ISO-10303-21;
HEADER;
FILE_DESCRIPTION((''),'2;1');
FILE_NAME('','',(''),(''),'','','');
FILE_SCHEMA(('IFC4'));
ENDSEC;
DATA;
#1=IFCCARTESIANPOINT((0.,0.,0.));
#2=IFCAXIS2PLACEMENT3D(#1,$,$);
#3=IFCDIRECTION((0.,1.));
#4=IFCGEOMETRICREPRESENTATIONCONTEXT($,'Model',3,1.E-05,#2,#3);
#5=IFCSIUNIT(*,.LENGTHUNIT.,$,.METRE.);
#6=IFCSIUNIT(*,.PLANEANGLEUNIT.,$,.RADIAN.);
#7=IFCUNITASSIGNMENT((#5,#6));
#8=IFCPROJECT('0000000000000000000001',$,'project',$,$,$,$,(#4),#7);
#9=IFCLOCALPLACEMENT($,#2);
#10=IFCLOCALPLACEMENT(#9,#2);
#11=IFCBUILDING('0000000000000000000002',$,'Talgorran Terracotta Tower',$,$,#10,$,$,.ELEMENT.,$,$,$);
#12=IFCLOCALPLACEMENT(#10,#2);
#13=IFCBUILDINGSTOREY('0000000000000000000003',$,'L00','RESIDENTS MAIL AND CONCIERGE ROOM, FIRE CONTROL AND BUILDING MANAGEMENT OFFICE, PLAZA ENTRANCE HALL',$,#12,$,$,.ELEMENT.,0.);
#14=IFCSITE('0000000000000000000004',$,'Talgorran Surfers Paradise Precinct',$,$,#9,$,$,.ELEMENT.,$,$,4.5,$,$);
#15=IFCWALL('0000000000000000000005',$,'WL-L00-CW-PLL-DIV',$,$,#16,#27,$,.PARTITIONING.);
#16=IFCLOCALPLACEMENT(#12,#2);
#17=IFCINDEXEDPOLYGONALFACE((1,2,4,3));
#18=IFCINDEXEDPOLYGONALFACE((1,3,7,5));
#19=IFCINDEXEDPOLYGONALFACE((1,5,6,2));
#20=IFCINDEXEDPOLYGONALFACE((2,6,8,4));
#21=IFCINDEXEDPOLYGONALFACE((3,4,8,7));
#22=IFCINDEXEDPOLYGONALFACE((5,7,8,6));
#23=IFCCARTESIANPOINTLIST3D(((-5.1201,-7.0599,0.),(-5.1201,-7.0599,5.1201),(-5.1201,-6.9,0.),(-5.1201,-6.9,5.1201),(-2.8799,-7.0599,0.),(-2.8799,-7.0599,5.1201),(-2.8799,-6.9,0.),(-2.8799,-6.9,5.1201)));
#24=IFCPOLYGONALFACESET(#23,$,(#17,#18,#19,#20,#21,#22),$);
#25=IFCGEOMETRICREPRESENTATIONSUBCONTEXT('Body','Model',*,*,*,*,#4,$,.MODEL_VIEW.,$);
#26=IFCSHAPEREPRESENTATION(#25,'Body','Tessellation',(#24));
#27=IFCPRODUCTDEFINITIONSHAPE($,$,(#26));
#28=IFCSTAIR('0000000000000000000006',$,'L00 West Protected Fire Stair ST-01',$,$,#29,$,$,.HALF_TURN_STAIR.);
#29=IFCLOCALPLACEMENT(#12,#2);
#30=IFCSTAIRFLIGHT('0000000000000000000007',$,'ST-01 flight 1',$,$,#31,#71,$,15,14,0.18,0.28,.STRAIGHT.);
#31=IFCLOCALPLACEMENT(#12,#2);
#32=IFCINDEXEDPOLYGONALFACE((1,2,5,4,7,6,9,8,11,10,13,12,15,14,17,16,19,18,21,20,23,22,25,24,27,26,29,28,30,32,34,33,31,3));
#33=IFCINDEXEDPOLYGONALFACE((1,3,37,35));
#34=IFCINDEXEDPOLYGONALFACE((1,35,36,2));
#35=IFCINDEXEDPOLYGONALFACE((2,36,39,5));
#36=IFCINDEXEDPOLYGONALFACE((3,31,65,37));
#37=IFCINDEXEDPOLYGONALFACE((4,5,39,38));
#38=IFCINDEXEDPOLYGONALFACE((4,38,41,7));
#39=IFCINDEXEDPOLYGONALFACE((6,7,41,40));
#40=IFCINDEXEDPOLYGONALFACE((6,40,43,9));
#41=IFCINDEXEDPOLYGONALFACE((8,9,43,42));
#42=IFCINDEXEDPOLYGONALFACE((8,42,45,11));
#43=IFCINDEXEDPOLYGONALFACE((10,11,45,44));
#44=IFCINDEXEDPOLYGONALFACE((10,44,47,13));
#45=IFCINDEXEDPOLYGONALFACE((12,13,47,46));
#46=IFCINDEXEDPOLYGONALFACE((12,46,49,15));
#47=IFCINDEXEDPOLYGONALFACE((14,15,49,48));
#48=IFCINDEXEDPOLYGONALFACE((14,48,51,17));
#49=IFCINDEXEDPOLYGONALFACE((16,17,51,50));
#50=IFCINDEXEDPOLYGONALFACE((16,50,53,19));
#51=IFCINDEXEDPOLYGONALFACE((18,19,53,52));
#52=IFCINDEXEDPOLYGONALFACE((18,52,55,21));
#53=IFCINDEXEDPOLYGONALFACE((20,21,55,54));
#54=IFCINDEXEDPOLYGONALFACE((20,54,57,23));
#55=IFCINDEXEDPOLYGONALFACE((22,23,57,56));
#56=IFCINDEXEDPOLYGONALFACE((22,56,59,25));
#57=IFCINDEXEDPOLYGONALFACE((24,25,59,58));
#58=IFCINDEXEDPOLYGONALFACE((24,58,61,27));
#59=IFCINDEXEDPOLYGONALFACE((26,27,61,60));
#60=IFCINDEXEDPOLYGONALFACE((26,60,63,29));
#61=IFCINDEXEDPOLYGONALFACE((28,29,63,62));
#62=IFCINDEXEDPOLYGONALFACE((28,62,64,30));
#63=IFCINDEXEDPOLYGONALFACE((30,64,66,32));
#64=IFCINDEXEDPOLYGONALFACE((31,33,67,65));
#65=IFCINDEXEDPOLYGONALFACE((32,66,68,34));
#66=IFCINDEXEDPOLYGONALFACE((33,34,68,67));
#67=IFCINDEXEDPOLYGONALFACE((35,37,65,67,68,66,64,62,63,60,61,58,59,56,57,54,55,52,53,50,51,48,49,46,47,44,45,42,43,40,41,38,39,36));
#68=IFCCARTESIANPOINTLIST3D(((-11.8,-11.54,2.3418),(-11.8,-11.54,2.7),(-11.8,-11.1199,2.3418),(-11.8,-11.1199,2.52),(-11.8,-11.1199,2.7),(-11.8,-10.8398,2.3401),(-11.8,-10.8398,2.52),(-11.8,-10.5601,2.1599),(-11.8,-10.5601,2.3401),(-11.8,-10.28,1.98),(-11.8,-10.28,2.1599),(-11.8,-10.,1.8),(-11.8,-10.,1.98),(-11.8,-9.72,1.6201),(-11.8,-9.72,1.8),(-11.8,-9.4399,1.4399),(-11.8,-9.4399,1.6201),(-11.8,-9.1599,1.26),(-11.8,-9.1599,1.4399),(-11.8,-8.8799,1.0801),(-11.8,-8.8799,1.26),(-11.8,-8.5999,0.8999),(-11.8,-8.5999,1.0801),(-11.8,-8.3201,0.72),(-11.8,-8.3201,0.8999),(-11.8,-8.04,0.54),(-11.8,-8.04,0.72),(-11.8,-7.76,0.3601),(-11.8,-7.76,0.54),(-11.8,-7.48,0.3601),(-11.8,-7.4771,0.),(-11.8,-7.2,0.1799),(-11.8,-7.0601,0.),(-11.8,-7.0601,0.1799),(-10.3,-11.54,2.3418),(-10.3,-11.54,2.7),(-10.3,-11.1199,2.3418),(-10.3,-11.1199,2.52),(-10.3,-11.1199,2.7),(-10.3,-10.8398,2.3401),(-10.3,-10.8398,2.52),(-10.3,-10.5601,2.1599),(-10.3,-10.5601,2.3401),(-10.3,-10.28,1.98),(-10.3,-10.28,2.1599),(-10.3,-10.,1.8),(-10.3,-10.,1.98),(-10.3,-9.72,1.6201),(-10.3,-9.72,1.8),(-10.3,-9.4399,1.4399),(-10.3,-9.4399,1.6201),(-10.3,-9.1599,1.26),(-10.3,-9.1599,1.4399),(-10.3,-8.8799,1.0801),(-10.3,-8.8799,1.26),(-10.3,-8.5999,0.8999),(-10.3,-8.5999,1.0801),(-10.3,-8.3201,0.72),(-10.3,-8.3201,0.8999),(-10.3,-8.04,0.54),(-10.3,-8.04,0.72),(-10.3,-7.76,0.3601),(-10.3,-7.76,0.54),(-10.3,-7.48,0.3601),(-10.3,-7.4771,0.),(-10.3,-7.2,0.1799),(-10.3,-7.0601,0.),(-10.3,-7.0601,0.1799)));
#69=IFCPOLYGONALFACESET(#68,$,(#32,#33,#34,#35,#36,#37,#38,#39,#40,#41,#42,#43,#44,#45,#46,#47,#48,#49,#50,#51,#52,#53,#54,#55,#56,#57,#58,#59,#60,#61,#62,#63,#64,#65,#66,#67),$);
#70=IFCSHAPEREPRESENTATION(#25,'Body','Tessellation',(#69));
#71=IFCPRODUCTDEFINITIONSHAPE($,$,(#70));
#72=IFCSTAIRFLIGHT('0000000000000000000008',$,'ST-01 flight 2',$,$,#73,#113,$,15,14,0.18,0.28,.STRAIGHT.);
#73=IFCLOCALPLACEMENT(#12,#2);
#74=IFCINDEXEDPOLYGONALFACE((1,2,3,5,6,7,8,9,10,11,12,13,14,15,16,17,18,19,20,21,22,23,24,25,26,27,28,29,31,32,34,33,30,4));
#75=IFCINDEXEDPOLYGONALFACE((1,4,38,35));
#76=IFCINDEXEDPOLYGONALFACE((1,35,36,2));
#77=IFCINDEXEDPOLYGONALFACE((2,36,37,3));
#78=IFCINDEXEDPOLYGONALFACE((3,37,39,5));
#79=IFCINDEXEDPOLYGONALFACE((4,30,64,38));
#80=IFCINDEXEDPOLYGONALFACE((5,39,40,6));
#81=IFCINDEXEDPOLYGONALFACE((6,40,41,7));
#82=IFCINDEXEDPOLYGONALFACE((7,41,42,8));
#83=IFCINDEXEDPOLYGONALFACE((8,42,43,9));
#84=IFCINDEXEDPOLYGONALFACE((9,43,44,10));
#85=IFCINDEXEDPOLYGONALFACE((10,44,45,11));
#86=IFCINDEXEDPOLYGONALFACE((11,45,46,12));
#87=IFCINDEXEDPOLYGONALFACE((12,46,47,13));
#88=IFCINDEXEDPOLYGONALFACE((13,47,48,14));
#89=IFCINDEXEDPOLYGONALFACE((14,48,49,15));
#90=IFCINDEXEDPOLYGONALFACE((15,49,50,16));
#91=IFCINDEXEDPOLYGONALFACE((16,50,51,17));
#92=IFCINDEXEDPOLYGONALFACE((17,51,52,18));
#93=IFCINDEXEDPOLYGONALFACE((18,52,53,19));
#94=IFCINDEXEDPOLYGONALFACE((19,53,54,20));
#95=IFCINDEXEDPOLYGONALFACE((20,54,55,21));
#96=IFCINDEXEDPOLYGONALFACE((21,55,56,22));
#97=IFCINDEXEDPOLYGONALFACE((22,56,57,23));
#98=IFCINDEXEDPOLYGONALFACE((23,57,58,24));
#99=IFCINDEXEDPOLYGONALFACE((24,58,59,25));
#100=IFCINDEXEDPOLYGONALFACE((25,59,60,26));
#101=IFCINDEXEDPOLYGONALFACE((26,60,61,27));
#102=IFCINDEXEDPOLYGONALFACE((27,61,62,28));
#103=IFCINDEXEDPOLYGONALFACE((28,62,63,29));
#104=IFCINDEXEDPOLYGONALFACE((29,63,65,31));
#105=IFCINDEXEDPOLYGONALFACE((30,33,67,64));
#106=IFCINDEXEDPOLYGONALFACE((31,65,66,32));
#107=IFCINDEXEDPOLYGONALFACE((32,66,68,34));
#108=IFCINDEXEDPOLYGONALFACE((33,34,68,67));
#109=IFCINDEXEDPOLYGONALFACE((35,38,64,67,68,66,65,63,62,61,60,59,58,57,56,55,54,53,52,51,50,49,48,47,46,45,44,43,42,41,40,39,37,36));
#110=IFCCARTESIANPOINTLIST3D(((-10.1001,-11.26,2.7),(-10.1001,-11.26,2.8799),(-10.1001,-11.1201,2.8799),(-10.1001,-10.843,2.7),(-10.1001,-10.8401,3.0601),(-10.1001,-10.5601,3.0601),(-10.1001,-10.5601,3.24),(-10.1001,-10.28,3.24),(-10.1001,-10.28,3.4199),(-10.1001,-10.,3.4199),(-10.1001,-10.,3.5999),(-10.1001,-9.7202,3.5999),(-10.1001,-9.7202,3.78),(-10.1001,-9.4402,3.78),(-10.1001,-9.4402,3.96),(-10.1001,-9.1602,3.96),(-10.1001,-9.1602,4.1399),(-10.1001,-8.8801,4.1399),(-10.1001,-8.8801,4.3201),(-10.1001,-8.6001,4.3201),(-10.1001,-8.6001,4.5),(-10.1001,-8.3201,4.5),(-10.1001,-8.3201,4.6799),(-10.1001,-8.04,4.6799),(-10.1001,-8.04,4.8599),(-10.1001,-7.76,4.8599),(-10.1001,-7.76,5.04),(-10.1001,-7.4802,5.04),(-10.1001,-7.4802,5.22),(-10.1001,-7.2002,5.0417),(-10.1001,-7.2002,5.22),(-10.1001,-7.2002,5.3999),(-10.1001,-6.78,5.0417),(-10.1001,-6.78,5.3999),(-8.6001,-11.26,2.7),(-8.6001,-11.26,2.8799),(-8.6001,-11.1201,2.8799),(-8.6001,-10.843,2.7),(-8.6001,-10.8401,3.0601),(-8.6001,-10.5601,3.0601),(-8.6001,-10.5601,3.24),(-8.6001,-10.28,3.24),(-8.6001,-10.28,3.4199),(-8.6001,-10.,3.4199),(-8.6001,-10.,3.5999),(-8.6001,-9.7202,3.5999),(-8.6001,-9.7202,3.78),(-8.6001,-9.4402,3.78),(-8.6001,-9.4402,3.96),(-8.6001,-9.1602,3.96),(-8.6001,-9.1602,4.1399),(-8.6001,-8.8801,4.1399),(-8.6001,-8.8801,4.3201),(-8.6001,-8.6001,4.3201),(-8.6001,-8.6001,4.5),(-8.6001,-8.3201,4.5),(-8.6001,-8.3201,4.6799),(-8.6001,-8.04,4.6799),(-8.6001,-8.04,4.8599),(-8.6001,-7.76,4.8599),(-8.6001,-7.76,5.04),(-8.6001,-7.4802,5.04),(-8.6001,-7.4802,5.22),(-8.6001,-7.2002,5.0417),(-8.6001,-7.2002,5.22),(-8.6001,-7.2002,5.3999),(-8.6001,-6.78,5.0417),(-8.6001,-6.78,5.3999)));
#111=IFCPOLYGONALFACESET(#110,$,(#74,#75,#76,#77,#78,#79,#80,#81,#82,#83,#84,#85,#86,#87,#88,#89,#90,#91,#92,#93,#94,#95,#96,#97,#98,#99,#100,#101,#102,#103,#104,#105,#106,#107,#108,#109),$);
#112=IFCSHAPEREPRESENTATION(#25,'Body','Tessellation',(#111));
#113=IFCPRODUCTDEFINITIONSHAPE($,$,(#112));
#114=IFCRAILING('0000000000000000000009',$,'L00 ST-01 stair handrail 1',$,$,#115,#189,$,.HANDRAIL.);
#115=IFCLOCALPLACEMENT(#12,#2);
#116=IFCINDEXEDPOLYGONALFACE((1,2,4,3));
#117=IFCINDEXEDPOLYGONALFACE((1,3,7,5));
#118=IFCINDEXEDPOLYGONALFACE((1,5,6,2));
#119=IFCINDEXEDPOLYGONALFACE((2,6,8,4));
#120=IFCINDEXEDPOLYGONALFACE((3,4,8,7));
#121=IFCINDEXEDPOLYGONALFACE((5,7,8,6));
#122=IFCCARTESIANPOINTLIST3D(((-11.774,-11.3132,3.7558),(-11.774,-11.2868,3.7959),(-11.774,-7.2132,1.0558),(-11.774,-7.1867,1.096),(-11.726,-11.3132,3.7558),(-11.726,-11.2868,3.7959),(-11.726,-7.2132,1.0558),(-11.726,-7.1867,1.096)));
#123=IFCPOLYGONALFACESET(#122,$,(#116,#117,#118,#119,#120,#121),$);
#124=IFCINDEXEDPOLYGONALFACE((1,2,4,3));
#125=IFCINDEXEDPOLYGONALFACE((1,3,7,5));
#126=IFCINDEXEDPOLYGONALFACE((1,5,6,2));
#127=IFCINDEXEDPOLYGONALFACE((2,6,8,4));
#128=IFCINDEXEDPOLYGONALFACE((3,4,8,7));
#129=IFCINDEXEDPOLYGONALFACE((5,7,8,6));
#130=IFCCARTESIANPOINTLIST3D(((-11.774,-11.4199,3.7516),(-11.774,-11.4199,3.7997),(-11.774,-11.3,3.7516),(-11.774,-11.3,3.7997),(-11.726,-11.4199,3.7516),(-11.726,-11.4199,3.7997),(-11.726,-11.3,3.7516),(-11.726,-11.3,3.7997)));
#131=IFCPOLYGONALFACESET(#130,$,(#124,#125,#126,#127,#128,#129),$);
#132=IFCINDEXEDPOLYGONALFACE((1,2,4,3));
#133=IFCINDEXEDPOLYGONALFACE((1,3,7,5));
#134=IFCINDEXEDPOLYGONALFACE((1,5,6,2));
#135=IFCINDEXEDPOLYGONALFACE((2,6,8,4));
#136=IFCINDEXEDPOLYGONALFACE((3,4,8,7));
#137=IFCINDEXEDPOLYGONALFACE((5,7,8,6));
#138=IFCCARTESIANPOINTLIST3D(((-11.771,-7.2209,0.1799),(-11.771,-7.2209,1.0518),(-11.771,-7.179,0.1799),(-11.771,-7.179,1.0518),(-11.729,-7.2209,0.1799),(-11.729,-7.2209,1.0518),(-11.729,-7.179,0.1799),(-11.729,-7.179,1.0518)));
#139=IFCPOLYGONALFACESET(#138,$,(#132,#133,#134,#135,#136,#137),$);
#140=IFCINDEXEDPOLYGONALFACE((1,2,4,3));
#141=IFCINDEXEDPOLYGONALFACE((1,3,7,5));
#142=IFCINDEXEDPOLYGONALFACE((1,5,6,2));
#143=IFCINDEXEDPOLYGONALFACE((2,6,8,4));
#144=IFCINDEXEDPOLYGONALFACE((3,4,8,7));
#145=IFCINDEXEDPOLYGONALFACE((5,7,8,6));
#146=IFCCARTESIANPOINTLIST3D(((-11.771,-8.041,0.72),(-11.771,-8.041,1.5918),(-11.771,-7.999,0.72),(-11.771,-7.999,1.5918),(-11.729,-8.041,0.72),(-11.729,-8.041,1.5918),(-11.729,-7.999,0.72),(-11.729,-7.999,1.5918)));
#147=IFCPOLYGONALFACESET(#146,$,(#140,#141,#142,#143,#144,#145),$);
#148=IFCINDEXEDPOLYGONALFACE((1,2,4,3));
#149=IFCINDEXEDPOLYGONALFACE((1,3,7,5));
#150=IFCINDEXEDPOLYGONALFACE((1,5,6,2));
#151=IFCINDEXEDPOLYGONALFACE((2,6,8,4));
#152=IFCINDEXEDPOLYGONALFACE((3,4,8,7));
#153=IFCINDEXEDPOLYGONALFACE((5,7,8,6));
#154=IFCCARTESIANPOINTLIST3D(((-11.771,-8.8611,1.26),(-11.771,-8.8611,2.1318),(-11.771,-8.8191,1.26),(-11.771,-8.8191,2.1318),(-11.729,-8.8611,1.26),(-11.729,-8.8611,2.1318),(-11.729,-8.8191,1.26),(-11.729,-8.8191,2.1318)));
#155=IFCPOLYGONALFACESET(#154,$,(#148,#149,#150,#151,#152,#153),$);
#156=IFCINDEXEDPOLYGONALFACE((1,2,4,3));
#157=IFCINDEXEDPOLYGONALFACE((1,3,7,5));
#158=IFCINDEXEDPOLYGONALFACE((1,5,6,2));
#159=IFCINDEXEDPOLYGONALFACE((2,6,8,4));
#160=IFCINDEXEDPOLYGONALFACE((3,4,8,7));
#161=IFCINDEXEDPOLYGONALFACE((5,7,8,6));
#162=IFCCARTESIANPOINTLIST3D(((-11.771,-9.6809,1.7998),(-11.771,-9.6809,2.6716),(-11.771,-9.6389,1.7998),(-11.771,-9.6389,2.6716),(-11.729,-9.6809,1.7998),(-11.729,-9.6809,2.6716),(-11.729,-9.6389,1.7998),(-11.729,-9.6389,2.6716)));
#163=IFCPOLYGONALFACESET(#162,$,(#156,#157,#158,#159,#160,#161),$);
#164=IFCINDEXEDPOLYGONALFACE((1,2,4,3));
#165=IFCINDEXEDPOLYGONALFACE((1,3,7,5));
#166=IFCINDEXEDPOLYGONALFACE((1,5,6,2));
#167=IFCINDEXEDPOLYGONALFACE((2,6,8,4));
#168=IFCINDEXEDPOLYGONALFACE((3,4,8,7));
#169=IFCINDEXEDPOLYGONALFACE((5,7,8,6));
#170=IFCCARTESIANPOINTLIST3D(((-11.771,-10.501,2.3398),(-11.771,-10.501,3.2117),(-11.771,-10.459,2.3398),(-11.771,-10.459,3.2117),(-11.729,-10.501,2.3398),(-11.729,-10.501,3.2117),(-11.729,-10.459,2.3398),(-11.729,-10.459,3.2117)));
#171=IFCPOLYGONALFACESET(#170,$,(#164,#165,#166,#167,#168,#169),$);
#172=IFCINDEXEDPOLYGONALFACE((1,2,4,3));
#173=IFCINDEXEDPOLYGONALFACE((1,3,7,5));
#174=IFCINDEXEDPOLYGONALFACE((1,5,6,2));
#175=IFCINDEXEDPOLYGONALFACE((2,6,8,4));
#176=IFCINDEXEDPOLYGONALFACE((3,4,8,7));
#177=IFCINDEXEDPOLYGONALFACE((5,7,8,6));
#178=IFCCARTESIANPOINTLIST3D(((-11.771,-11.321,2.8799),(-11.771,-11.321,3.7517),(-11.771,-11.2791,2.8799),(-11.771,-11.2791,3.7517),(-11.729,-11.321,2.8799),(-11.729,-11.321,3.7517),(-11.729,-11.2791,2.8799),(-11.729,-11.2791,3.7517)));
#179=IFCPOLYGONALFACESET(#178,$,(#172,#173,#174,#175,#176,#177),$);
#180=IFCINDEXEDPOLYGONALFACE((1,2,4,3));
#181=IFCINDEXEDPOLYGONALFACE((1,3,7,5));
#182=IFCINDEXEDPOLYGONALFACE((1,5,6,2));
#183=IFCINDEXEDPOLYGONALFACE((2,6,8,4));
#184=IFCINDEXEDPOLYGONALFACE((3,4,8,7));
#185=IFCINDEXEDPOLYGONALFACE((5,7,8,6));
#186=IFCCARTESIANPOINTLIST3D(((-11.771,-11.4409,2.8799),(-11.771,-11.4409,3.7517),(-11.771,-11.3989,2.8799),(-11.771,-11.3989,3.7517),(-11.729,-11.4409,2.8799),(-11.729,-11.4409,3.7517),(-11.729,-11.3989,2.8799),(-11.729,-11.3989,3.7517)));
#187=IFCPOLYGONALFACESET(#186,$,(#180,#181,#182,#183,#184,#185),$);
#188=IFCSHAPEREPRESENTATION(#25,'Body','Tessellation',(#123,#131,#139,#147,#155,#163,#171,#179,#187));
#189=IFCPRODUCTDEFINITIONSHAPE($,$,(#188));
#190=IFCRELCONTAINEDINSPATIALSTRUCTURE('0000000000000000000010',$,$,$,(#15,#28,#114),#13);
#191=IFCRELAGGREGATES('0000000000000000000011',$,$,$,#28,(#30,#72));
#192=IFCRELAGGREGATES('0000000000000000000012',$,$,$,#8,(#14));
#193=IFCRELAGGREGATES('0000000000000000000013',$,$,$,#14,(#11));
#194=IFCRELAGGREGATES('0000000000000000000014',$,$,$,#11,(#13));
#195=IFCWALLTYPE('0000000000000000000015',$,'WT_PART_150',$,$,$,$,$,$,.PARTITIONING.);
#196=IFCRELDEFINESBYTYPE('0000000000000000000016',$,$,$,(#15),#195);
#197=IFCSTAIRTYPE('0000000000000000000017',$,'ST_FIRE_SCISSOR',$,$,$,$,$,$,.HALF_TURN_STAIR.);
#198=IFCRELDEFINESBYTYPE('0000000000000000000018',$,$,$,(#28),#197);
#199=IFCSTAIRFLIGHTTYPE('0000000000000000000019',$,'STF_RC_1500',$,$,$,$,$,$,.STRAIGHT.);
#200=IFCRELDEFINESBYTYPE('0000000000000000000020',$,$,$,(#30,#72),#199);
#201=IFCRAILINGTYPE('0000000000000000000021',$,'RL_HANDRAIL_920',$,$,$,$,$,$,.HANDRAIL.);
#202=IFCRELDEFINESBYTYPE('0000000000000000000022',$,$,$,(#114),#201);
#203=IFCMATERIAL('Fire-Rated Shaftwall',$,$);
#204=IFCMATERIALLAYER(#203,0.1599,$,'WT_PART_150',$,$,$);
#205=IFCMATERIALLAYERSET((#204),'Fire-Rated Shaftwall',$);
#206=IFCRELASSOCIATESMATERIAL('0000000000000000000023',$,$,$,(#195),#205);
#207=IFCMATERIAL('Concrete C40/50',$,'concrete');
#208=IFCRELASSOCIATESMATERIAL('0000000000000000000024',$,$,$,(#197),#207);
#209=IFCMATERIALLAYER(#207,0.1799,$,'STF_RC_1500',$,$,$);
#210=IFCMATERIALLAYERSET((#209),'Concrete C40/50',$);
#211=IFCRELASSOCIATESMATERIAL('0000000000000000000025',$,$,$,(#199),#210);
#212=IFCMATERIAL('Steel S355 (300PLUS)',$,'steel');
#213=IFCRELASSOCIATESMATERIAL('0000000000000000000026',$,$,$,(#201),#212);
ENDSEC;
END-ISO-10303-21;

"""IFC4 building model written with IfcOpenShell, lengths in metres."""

from ifc_helpers import new_model, si_unit, direction, frame, frame_2d, origin, origin_2d, place, context, subcontext, project, spatial, polyline, rectangle, outline, extrude, material, layer, layer_set, type_object, element, aggregate, save


model = new_model("IFC4")

# Units and contexts
model_context = context("Model", 3, precision=1e-05, world=origin(), true_north=direction((0.0, 1.0)))
body_context = subcontext(model_context, "Body", "Model", "MODEL_VIEW")
ifc_project = project(units=[si_unit("LENGTHUNIT", "METRE"), si_unit("PLANEANGLEUNIT", "RADIAN")], contexts=[model_context])

# Site, building, storey
site_placement = place(None, origin())
site = spatial("IfcSite", under=ifc_project, at=site_placement, Name="Talgorran Surfers Paradise Precinct", CompositionType="ELEMENT", RefElevation=4.5)
building_placement = place(site_placement, origin())
building = spatial("IfcBuilding", under=site, at=building_placement, Name="Talgorran Terracotta Tower", CompositionType="ELEMENT")
storey_placement = place(building_placement, origin())
storey = spatial("IfcBuildingStorey", under=building, at=storey_placement, Name="L00", Description="RESIDENTS MAIL AND CONCIERGE ROOM, FIRE CONTROL AND BUILDING MANAGEMENT OFFICE, PLAZA ENTRANCE HALL", CompositionType="ELEMENT", Elevation=0.0)

# Wall
ifc_material_1 = material(Name="Fire-Rated Shaftwall")
ifc_layer_1 = layer(ifc_material_1, 0.1599, Name="WT_PART_150")
ifc_layer_set_1 = layer_set([ifc_layer_1], Name="Fire-Rated Shaftwall")
wall_type_1 = type_object("IfcWallType", Name="WT_PART_150", PredefinedType="PARTITIONING", material=ifc_layer_set_1)
wall_1_placement = place(storey_placement, frame((-5.1201, -6.98, 0.0), z_axis=(0.0, 0.0, 1.0), x_axis=(1.0, 0.0, 0.0)))
element("IfcWall", 1, at=wall_1_placement, inside=storey, type_object=wall_type_1, Name="WL-L00-CW-PLL-DIV", PredefinedType="PARTITIONING", context=body_context, shape_type="SweptSolid", body=[
    extrude(rectangle(XDim=2.2402, YDim=0.1599, at=frame_2d((1.1201, 0.0))), origin(), (0.0, 0.0, 1.0), 5.1201),
])

# Stair, stair flights
ifc_material_2 = material(Name="Concrete C40/50", Category="concrete")
stair_type = type_object("IfcStairType", Name="ST_FIRE_SCISSOR", PredefinedType="HALF_TURN_STAIR", material=ifc_material_2)
stair_placement = place(storey_placement, origin())
stair = element("IfcStair", 2, at=stair_placement, inside=storey, type_object=stair_type, Name="L00 West Protected Fire Stair ST-01", PredefinedType="HALF_TURN_STAIR")
ifc_layer_2 = layer(ifc_material_2, 0.1799, Name="STF_RC_1500")
ifc_layer_set_2 = layer_set([ifc_layer_2], Name="Concrete C40/50")
stair_flight_type = type_object("IfcStairFlightType", Name="STF_RC_1500", PredefinedType="STRAIGHT", material=ifc_layer_set_2)
stair_flight_1_placement = place(storey_placement, frame((-11.05, -7.2, 0.0), z_axis=(0.0, 0.0, 1.0), x_axis=(0.0, -1.0, 0.0)))
stair_flight_1 = element("IfcStairFlight", 3, at=stair_flight_1_placement, type_object=stair_flight_type, Name="ST-01 flight 1", NumberOfRisers=15, NumberOfTreads=14, PredefinedType="STRAIGHT", RiserHeight=0.18, TreadLength=0.28, context=body_context, shape_type="SweptSolid", body=[
    extrude(outline(polyline([(-0.1399, 0.0), (-0.1399, 0.1799), (0.0, 0.1799), (0.28, 0.3601), (0.5601, 0.3601), (0.5601, 0.54), (0.8401, 0.54), (0.8401, 0.72), (1.1201, 0.72), (1.1201, 0.8999), (1.3999, 0.8999), (1.3999, 1.0801), (1.6799, 1.0801), (1.6799, 1.26), (1.96, 1.26), (1.96, 1.4399), (2.24, 1.4399), (2.24, 1.6201), (2.52, 1.6201), (2.52, 1.8), (2.8, 1.8), (2.8, 1.98), (3.0801, 1.98), (3.0801, 2.1599), (3.3601, 2.1599), (3.3601, 2.3401), (3.6399, 2.3401), (3.6399, 2.52), (3.9199, 2.52), (3.9199, 2.7), (4.3401, 2.7), (4.3401, 2.3418), (3.9199, 2.3418), (0.2771, 0.0), (-0.1399, 0.0)])), frame((0.0, 0.75, 0.0), z_axis=(0.0, -1.0, 0.0), x_axis=(1.0, 0.0, 0.0)), (0.0, 0.0, 1.0), 1.5),
])
stair_flight_2_placement = place(storey_placement, frame((-9.3501, -11.1201, 2.7), z_axis=(0.0, 0.0, 1.0), x_axis=(0.0, 1.0, 0.0)))
stair_flight_2 = element("IfcStairFlight", 4, at=stair_flight_2_placement, type_object=stair_flight_type, Name="ST-01 flight 2", NumberOfRisers=15, NumberOfTreads=14, PredefinedType="STRAIGHT", RiserHeight=0.18, TreadLength=0.28, context=body_context, shape_type="SweptSolid", body=[
    extrude(outline(polyline([(-0.1399, 0.0), (-0.1399, 0.1799), (0.0, 0.1799), (0.28, 0.3601), (0.5601, 0.3601), (0.5601, 0.54), (0.8401, 0.54), (0.8401, 0.72), (1.1201, 0.72), (1.1201, 0.8999), (1.3999, 0.8999), (1.3999, 1.0801), (1.6799, 1.0801), (1.6799, 1.26), (1.96, 1.26), (1.96, 1.4399), (2.24, 1.4399), (2.24, 1.6201), (2.52, 1.6201), (2.52, 1.8), (2.8, 1.8), (2.8, 1.98), (3.0801, 1.98), (3.0801, 2.1599), (3.3601, 2.1599), (3.3601, 2.3401), (3.6399, 2.3401), (3.6399, 2.52), (3.9199, 2.52), (3.9199, 2.7), (4.3401, 2.7), (4.3401, 2.3418), (3.9199, 2.3418), (0.2771, 0.0), (-0.1399, 0.0)])), frame((0.0, 0.75, 0.0), z_axis=(0.0, -1.0, 0.0), x_axis=(1.0, 0.0, 0.0)), (0.0, 0.0, 1.0), 1.5),
])
aggregate(stair, [stair_flight_1, stair_flight_2])

# Railing
ifc_material_3 = material(Name="Steel S355 (300PLUS)", Category="steel")
railing_type_1 = type_object("IfcRailingType", Name="RL_HANDRAIL_920", PredefinedType="HANDRAIL", material=ifc_material_3)
railing_1_placement = place(storey_placement, frame((-11.75, -7.2, 0.1799)))
element("IfcRailing", 5, at=railing_1_placement, inside=storey, type_object=railing_type_1, Name="L00 ST-01 stair handrail 1", PredefinedType="HANDRAIL", context=body_context, shape_type="SweptSolid", body=[
    extrude(rectangle(XDim=0.0481, YDim=0.0481, at=origin_2d()), frame((0.0, 0.0, 0.896), z_axis=(0.0, -0.835181, 0.549974), x_axis=(1.0, 0.0, 0.0)), (0.0, 0.0, 1.0), 4.9092),
    extrude(rectangle(XDim=0.0481, YDim=0.0481, at=origin_2d()), frame((0.0, -4.1001, 3.5957), z_axis=(0.0, -1.0, 0.0), x_axis=(1.0, 0.0, 0.0)), (0.0, 0.0, 1.0), 0.1199),
    extrude(rectangle(XDim=0.042, YDim=0.042, at=origin_2d()), origin(), (0.0, 0.0, 1.0), 0.8718),
    extrude(rectangle(XDim=0.042, YDim=0.042, at=origin_2d()), frame((0.0, -0.8201, 0.54)), (0.0, 0.0, 1.0), 0.8718),
    extrude(rectangle(XDim=0.042, YDim=0.042, at=origin_2d()), frame((0.0, -1.6401, 1.0801)), (0.0, 0.0, 1.0), 0.8718),
    extrude(rectangle(XDim=0.042, YDim=0.042, at=origin_2d()), frame((0.0, -2.46, 1.6199)), (0.0, 0.0, 1.0), 0.8718),
    extrude(rectangle(XDim=0.042, YDim=0.042, at=origin_2d()), frame((0.0, -3.28, 2.1599)), (0.0, 0.0, 1.0), 0.8718),
    extrude(rectangle(XDim=0.042, YDim=0.042, at=origin_2d()), frame((0.0, -4.1001, 2.7)), (0.0, 0.0, 1.0), 0.8718),
    extrude(rectangle(XDim=0.042, YDim=0.042, at=origin_2d()), frame((0.0, -4.22, 2.7)), (0.0, 0.0, 1.0), 0.8718),
])

save(model, "model.ifc")
